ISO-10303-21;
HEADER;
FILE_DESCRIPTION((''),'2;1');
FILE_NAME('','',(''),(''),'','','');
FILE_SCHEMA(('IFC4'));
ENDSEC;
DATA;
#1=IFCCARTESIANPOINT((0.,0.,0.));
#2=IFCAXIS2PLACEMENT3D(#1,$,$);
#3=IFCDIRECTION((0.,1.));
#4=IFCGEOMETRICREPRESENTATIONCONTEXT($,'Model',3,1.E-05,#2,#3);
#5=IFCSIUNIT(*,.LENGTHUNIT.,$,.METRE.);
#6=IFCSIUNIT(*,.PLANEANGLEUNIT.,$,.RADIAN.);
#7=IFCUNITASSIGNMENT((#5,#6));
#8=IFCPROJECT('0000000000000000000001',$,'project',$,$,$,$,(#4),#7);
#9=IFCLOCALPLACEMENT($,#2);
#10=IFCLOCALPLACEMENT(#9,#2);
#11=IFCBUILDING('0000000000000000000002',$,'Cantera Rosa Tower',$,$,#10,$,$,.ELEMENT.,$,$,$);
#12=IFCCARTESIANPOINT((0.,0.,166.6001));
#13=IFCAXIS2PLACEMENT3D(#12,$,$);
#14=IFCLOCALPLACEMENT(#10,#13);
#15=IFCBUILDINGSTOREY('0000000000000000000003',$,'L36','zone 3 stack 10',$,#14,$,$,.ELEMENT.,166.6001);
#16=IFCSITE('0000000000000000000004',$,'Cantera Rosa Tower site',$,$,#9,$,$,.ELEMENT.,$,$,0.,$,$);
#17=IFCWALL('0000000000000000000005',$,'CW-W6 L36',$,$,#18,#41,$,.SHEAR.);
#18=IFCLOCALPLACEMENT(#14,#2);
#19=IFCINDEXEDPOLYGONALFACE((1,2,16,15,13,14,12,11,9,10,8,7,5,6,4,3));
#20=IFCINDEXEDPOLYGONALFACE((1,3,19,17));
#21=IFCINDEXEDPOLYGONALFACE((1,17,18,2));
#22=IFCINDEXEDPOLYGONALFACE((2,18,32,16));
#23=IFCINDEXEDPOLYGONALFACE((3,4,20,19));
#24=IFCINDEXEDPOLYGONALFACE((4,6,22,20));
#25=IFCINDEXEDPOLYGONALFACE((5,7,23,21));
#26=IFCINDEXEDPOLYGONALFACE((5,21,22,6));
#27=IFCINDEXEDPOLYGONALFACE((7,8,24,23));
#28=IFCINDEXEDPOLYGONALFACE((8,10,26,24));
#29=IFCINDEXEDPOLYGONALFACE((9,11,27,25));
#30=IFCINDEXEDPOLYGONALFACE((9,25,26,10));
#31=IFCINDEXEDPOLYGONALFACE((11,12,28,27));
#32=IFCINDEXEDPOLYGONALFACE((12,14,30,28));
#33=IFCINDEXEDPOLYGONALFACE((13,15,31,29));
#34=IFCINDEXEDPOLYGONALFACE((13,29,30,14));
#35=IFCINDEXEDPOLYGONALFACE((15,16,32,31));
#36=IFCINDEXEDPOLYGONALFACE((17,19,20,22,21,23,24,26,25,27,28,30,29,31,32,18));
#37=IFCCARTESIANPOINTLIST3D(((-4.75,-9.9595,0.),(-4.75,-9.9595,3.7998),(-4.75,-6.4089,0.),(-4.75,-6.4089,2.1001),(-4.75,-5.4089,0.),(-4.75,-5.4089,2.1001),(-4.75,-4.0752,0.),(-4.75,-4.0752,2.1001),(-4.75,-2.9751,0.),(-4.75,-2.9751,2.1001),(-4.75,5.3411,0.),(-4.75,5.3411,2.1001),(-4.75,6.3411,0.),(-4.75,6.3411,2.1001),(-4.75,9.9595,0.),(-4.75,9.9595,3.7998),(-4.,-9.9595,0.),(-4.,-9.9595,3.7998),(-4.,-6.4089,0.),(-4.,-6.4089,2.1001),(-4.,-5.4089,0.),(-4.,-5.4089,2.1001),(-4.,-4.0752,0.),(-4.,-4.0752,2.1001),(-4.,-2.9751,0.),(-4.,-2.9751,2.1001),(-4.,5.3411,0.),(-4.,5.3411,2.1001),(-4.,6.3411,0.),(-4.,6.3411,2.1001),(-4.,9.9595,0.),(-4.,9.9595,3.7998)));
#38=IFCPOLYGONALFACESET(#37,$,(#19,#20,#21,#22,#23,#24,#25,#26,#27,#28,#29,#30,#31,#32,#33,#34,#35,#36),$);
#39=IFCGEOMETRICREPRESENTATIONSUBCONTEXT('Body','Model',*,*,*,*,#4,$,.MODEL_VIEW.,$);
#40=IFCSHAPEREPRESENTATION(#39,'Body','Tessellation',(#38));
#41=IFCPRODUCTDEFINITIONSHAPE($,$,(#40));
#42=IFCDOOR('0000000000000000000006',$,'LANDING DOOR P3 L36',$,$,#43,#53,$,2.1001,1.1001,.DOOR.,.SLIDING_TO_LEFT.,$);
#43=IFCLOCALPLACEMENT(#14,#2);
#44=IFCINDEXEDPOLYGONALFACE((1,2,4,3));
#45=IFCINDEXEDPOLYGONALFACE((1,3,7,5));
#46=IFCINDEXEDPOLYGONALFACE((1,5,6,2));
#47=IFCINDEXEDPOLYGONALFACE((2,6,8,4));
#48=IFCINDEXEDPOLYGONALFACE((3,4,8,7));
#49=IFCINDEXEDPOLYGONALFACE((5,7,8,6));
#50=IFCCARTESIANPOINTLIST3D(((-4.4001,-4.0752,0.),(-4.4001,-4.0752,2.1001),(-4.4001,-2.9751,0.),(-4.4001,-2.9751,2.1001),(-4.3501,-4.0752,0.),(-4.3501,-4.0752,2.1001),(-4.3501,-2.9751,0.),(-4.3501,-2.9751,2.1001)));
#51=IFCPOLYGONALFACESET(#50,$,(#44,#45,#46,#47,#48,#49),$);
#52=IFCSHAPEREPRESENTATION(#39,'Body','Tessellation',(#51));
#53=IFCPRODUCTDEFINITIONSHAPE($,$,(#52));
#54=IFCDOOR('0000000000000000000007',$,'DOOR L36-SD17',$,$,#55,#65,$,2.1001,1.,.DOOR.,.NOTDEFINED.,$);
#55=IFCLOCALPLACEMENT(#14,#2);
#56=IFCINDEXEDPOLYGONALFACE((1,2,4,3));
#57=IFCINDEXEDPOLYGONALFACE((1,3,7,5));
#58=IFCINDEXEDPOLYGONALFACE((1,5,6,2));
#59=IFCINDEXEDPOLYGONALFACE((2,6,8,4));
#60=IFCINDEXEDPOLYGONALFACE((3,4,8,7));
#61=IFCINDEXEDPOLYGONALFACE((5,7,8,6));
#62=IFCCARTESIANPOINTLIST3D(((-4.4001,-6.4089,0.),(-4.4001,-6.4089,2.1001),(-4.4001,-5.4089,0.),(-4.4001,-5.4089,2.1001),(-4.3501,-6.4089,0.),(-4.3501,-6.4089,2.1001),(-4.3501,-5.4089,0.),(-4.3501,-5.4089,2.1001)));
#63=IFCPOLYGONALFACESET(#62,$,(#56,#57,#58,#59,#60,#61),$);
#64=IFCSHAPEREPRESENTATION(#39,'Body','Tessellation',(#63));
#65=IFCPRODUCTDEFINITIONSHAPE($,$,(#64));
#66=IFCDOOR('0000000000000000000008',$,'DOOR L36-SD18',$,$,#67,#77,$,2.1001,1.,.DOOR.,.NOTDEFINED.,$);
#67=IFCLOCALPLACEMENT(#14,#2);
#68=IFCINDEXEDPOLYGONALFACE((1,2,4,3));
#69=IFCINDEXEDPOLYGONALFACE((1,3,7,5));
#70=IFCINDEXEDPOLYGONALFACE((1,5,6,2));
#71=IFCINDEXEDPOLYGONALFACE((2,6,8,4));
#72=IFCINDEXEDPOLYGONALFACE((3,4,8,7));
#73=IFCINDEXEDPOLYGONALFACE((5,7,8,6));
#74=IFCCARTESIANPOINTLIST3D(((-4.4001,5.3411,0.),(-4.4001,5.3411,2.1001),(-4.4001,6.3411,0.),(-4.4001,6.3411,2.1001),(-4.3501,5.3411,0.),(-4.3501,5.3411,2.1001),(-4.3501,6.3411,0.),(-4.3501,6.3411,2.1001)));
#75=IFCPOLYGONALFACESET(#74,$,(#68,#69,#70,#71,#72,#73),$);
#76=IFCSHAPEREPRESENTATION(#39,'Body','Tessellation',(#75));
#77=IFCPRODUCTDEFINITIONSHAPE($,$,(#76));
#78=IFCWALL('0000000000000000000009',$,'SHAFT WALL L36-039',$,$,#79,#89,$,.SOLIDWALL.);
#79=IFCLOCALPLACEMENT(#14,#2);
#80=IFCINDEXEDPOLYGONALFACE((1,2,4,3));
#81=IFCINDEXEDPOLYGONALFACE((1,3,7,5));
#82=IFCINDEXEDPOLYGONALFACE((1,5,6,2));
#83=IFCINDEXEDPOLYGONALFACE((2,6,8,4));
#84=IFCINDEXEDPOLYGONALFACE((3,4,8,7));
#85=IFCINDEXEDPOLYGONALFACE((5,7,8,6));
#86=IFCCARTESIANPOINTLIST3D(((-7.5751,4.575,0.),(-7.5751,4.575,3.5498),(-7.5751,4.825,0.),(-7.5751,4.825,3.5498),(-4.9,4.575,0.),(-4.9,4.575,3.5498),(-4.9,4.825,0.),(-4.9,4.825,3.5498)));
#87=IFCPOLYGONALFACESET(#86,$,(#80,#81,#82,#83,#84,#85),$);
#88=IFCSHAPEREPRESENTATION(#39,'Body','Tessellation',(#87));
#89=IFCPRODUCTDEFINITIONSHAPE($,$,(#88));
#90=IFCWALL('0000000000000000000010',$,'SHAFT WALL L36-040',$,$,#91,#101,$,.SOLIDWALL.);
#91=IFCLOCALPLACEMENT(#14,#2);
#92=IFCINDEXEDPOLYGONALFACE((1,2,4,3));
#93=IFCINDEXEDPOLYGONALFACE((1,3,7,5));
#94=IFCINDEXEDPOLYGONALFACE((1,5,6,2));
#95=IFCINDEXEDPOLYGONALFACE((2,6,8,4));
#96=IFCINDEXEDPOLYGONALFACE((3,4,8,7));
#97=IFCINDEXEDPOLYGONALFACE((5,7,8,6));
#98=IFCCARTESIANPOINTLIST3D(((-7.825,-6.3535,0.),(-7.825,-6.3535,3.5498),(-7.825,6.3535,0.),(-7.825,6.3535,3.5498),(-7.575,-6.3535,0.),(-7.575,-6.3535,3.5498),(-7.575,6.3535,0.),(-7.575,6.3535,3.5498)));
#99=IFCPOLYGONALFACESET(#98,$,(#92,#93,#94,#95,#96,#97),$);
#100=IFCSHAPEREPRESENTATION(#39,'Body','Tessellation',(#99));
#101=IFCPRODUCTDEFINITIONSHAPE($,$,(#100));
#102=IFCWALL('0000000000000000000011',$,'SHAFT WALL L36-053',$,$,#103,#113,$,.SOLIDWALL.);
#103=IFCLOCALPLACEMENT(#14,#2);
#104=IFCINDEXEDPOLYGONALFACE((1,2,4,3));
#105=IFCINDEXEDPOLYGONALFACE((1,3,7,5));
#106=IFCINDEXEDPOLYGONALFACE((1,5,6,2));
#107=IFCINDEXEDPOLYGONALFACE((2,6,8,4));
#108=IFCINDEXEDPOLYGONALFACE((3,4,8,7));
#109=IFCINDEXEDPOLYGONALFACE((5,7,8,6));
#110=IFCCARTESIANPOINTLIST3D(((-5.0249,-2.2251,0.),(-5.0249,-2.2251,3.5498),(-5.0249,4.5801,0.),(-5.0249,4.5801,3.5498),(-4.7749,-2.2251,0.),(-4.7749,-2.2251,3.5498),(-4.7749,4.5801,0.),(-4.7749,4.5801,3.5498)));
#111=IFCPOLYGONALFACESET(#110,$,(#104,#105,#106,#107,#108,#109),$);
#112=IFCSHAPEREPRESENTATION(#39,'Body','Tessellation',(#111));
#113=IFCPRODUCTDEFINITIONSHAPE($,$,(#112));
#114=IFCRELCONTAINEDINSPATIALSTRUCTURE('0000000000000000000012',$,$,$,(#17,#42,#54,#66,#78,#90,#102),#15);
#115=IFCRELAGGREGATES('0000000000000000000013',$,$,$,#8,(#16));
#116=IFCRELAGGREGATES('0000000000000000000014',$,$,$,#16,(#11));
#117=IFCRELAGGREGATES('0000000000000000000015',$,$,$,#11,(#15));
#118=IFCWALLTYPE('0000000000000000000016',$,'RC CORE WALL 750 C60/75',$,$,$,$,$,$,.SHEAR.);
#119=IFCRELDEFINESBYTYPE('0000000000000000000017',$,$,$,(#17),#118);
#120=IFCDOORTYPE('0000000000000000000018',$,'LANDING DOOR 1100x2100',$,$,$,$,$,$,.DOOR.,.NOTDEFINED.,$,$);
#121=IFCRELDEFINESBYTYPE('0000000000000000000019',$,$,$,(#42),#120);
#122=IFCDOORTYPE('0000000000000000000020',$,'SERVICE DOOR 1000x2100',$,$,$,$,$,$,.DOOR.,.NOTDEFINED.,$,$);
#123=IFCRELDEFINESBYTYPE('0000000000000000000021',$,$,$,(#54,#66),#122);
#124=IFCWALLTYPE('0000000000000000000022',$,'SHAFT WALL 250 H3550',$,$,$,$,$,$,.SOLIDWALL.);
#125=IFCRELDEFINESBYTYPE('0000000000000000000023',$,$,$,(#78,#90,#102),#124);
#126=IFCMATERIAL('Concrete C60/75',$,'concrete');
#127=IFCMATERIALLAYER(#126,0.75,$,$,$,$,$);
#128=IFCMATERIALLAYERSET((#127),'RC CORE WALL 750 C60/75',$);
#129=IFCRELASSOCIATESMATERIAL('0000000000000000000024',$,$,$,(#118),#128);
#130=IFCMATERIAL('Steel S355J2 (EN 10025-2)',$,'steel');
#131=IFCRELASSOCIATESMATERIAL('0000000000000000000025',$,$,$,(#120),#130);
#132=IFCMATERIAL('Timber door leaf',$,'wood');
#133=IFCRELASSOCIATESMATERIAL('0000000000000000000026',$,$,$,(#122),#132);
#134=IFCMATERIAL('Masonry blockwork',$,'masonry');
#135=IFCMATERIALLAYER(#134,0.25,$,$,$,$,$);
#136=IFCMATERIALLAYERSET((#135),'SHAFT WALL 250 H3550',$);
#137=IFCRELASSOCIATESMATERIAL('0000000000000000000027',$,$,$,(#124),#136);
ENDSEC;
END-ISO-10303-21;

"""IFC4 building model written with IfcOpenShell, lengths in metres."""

from ifc_helpers import new_model, si_unit, direction, frame, frame_2d, origin, place, context, subcontext, project, spatial, rectangle, extrude, material, layer, layer_set, type_object, element, fill, save


model = new_model("IFC4")

# Units and contexts
model_context = context("Model", 3, precision=1e-05, world=origin(), true_north=direction((0.0, 1.0)))
body_context = subcontext(model_context, "Body", "Model", "MODEL_VIEW")
ifc_project = project(units=[si_unit("LENGTHUNIT", "METRE"), si_unit("PLANEANGLEUNIT", "RADIAN")], contexts=[model_context])

# Site, building, storey
site_placement = place(None, origin())
site = spatial("IfcSite", under=ifc_project, at=site_placement, Name="Cantera Rosa Tower site", CompositionType="ELEMENT", RefElevation=0.0)
building_placement = place(site_placement, origin())
building = spatial("IfcBuilding", under=site, at=building_placement, Name="Cantera Rosa Tower", CompositionType="ELEMENT")
storey_placement = place(building_placement, frame((0.0, 0.0, 166.6001)))
storey = spatial("IfcBuildingStorey", under=building, at=storey_placement, Name="L36", Description="zone 3 stack 10", CompositionType="ELEMENT", Elevation=166.6001)

# Shared definitions
ifc_material_1 = material(Name="Concrete C60/75", Category="concrete")
ifc_layer_1 = layer(ifc_material_1, 0.75)
ifc_layer_set_1 = layer_set([ifc_layer_1], Name="RC CORE WALL 750 C60/75")
wall_type_1 = type_object("IfcWallType", Name="RC CORE WALL 750 C60/75", PredefinedType="SHEAR", material=ifc_layer_set_1)

# Wall, openings, doors
wall_1_placement = place(storey_placement, frame((-4.375, 9.9595, 0.0), z_axis=(0.0, 0.0, 1.0), x_axis=(0.0, -1.0, 0.0)))
wall_1 = element("IfcWall", 1, at=wall_1_placement, inside=storey, type_object=wall_type_1, Name="CW-W6 L36", PredefinedType="SHEAR", context=body_context, shape_type="SweptSolid", body=[
    extrude(rectangle(XDim=19.9189, YDim=0.75, at=frame_2d((9.9595, 0.0))), origin(), (0.0, 0.0, 1.0), 3.7998),
])
opening_1_placement = place(wall_1_placement, frame((12.9346, 0.0, 0.0)))
opening_1 = element("IfcOpeningElement", 2, at=opening_1_placement, cuts=wall_1, PredefinedType="OPENING", context=body_context, shape_type="SweptSolid", body=[
    extrude(rectangle(XDim=1.1001, YDim=2.1001, at=frame_2d((0.55, 1.05))), frame((0.0, 0.385, 0.0), z_axis=(0.0, -1.0, 0.0), x_axis=(1.0, 0.0, 0.0)), (0.0, 0.0, 1.0), 0.77),
])
opening_2_placement = place(wall_1_placement, frame((15.3684, 0.0, 0.0)))
opening_2 = element("IfcOpeningElement", 3, at=opening_2_placement, cuts=wall_1, PredefinedType="OPENING", context=body_context, shape_type="SweptSolid", body=[
    extrude(rectangle(XDim=1.0, YDim=2.1001, at=frame_2d((0.5, 1.05))), frame((0.0, 0.385, 0.0), z_axis=(0.0, -1.0, 0.0), x_axis=(1.0, 0.0, 0.0)), (0.0, 0.0, 1.0), 0.77),
])
opening_3_placement = place(wall_1_placement, frame((3.6184, 0.0, 0.0)))
opening_3 = element("IfcOpeningElement", 4, at=opening_3_placement, cuts=wall_1, PredefinedType="OPENING", context=body_context, shape_type="SweptSolid", body=[
    extrude(rectangle(XDim=1.0, YDim=2.1001, at=frame_2d((0.5, 1.05))), frame((0.0, 0.385, 0.0), z_axis=(0.0, -1.0, 0.0), x_axis=(1.0, 0.0, 0.0)), (0.0, 0.0, 1.0), 0.77),
])
ifc_material_2 = material(Name="Steel S355J2 (EN 10025-2)", Category="steel")
door_type_1 = type_object("IfcDoorType", Name="LANDING DOOR 1100x2100", OperationType="NOTDEFINED", PredefinedType="DOOR", material=ifc_material_2)
door_1_placement = place(opening_1_placement, origin())
door_1 = element("IfcDoor", 5, at=door_1_placement, inside=storey, type_object=door_type_1, Name="LANDING DOOR P3 L36", OperationType="SLIDING_TO_LEFT", OverallHeight=2.1001, OverallWidth=1.1001, PredefinedType="DOOR", context=body_context, shape_type="SweptSolid", body=[
    extrude(rectangle(XDim=1.1001, YDim=2.1001, at=frame_2d((0.55, 1.05))), frame((0.0, 0.0249, 0.0), z_axis=(0.0, -1.0, 0.0), x_axis=(1.0, 0.0, 0.0)), (0.0, 0.0, 1.0), 0.05),
])
fill(opening_1, door_1)
ifc_material_3 = material(Name="Timber door leaf", Category="wood")
door_type_2 = type_object("IfcDoorType", Name="SERVICE DOOR 1000x2100", OperationType="NOTDEFINED", PredefinedType="DOOR", material=ifc_material_3)
door_2_placement = place(opening_2_placement, origin())
door_2 = element("IfcDoor", 6, at=door_2_placement, inside=storey, type_object=door_type_2, Name="DOOR L36-SD17", OperationType="NOTDEFINED", OverallHeight=2.1001, OverallWidth=1.0, PredefinedType="DOOR", context=body_context, shape_type="SweptSolid", body=[
    extrude(rectangle(XDim=1.0, YDim=2.1001, at=frame_2d((0.5, 1.05))), frame((0.0, 0.0249, 0.0), z_axis=(0.0, -1.0, 0.0), x_axis=(1.0, 0.0, 0.0)), (0.0, 0.0, 1.0), 0.05),
])
fill(opening_2, door_2)
door_3_placement = place(opening_3_placement, origin())
door_3 = element("IfcDoor", 7, at=door_3_placement, inside=storey, type_object=door_type_2, Name="DOOR L36-SD18", OperationType="NOTDEFINED", OverallHeight=2.1001, OverallWidth=1.0, PredefinedType="DOOR", context=body_context, shape_type="SweptSolid", body=[
    extrude(rectangle(XDim=1.0, YDim=2.1001, at=frame_2d((0.5, 1.05))), frame((0.0, 0.0249, 0.0), z_axis=(0.0, -1.0, 0.0), x_axis=(1.0, 0.0, 0.0)), (0.0, 0.0, 1.0), 0.05),
])
fill(opening_3, door_3)

# Walls
ifc_material_4 = material(Name="Masonry blockwork", Category="masonry")
ifc_layer_2 = layer(ifc_material_4, 0.25)
ifc_layer_set_2 = layer_set([ifc_layer_2], Name="SHAFT WALL 250 H3550")
wall_type_2 = type_object("IfcWallType", Name="SHAFT WALL 250 H3550", PredefinedType="SOLIDWALL", material=ifc_layer_set_2)
wall_2_placement = place(storey_placement, frame((-7.575, 4.7, 0.0), z_axis=(0.0, 0.0, 1.0), x_axis=(1.0, 0.0, 0.0)))
element("IfcWall", 8, at=wall_2_placement, inside=storey, type_object=wall_type_2, Name="SHAFT WALL L36-039", PredefinedType="SOLIDWALL", context=body_context, shape_type="SweptSolid", body=[
    extrude(rectangle(XDim=2.675, YDim=0.25, at=frame_2d((1.3374, 0.0))), origin(), (0.0, 0.0, 1.0), 3.5498),
])
wall_3_placement = place(storey_placement, frame((-7.7, 6.3535, 0.0), z_axis=(0.0, 0.0, 1.0), x_axis=(0.0, -1.0, 0.0)))
element("IfcWall", 9, at=wall_3_placement, inside=storey, type_object=wall_type_2, Name="SHAFT WALL L36-040", PredefinedType="SOLIDWALL", context=body_context, shape_type="SweptSolid", body=[
    extrude(rectangle(XDim=12.707, YDim=0.25, at=frame_2d((6.3535, 0.0))), origin(), (0.0, 0.0, 1.0), 3.5498),
])
wall_4_placement = place(storey_placement, frame((-4.8999, 4.5801, 0.0), z_axis=(0.0, 0.0, 1.0), x_axis=(0.0, -1.0, 0.0)))
element("IfcWall", 10, at=wall_4_placement, inside=storey, type_object=wall_type_2, Name="SHAFT WALL L36-053", PredefinedType="SOLIDWALL", context=body_context, shape_type="SweptSolid", body=[
    extrude(rectangle(XDim=6.8052, YDim=0.25, at=frame_2d((3.4026, 0.0))), origin(), (0.0, 0.0, 1.0), 3.5498),
])

save(model, "model.ifc")
